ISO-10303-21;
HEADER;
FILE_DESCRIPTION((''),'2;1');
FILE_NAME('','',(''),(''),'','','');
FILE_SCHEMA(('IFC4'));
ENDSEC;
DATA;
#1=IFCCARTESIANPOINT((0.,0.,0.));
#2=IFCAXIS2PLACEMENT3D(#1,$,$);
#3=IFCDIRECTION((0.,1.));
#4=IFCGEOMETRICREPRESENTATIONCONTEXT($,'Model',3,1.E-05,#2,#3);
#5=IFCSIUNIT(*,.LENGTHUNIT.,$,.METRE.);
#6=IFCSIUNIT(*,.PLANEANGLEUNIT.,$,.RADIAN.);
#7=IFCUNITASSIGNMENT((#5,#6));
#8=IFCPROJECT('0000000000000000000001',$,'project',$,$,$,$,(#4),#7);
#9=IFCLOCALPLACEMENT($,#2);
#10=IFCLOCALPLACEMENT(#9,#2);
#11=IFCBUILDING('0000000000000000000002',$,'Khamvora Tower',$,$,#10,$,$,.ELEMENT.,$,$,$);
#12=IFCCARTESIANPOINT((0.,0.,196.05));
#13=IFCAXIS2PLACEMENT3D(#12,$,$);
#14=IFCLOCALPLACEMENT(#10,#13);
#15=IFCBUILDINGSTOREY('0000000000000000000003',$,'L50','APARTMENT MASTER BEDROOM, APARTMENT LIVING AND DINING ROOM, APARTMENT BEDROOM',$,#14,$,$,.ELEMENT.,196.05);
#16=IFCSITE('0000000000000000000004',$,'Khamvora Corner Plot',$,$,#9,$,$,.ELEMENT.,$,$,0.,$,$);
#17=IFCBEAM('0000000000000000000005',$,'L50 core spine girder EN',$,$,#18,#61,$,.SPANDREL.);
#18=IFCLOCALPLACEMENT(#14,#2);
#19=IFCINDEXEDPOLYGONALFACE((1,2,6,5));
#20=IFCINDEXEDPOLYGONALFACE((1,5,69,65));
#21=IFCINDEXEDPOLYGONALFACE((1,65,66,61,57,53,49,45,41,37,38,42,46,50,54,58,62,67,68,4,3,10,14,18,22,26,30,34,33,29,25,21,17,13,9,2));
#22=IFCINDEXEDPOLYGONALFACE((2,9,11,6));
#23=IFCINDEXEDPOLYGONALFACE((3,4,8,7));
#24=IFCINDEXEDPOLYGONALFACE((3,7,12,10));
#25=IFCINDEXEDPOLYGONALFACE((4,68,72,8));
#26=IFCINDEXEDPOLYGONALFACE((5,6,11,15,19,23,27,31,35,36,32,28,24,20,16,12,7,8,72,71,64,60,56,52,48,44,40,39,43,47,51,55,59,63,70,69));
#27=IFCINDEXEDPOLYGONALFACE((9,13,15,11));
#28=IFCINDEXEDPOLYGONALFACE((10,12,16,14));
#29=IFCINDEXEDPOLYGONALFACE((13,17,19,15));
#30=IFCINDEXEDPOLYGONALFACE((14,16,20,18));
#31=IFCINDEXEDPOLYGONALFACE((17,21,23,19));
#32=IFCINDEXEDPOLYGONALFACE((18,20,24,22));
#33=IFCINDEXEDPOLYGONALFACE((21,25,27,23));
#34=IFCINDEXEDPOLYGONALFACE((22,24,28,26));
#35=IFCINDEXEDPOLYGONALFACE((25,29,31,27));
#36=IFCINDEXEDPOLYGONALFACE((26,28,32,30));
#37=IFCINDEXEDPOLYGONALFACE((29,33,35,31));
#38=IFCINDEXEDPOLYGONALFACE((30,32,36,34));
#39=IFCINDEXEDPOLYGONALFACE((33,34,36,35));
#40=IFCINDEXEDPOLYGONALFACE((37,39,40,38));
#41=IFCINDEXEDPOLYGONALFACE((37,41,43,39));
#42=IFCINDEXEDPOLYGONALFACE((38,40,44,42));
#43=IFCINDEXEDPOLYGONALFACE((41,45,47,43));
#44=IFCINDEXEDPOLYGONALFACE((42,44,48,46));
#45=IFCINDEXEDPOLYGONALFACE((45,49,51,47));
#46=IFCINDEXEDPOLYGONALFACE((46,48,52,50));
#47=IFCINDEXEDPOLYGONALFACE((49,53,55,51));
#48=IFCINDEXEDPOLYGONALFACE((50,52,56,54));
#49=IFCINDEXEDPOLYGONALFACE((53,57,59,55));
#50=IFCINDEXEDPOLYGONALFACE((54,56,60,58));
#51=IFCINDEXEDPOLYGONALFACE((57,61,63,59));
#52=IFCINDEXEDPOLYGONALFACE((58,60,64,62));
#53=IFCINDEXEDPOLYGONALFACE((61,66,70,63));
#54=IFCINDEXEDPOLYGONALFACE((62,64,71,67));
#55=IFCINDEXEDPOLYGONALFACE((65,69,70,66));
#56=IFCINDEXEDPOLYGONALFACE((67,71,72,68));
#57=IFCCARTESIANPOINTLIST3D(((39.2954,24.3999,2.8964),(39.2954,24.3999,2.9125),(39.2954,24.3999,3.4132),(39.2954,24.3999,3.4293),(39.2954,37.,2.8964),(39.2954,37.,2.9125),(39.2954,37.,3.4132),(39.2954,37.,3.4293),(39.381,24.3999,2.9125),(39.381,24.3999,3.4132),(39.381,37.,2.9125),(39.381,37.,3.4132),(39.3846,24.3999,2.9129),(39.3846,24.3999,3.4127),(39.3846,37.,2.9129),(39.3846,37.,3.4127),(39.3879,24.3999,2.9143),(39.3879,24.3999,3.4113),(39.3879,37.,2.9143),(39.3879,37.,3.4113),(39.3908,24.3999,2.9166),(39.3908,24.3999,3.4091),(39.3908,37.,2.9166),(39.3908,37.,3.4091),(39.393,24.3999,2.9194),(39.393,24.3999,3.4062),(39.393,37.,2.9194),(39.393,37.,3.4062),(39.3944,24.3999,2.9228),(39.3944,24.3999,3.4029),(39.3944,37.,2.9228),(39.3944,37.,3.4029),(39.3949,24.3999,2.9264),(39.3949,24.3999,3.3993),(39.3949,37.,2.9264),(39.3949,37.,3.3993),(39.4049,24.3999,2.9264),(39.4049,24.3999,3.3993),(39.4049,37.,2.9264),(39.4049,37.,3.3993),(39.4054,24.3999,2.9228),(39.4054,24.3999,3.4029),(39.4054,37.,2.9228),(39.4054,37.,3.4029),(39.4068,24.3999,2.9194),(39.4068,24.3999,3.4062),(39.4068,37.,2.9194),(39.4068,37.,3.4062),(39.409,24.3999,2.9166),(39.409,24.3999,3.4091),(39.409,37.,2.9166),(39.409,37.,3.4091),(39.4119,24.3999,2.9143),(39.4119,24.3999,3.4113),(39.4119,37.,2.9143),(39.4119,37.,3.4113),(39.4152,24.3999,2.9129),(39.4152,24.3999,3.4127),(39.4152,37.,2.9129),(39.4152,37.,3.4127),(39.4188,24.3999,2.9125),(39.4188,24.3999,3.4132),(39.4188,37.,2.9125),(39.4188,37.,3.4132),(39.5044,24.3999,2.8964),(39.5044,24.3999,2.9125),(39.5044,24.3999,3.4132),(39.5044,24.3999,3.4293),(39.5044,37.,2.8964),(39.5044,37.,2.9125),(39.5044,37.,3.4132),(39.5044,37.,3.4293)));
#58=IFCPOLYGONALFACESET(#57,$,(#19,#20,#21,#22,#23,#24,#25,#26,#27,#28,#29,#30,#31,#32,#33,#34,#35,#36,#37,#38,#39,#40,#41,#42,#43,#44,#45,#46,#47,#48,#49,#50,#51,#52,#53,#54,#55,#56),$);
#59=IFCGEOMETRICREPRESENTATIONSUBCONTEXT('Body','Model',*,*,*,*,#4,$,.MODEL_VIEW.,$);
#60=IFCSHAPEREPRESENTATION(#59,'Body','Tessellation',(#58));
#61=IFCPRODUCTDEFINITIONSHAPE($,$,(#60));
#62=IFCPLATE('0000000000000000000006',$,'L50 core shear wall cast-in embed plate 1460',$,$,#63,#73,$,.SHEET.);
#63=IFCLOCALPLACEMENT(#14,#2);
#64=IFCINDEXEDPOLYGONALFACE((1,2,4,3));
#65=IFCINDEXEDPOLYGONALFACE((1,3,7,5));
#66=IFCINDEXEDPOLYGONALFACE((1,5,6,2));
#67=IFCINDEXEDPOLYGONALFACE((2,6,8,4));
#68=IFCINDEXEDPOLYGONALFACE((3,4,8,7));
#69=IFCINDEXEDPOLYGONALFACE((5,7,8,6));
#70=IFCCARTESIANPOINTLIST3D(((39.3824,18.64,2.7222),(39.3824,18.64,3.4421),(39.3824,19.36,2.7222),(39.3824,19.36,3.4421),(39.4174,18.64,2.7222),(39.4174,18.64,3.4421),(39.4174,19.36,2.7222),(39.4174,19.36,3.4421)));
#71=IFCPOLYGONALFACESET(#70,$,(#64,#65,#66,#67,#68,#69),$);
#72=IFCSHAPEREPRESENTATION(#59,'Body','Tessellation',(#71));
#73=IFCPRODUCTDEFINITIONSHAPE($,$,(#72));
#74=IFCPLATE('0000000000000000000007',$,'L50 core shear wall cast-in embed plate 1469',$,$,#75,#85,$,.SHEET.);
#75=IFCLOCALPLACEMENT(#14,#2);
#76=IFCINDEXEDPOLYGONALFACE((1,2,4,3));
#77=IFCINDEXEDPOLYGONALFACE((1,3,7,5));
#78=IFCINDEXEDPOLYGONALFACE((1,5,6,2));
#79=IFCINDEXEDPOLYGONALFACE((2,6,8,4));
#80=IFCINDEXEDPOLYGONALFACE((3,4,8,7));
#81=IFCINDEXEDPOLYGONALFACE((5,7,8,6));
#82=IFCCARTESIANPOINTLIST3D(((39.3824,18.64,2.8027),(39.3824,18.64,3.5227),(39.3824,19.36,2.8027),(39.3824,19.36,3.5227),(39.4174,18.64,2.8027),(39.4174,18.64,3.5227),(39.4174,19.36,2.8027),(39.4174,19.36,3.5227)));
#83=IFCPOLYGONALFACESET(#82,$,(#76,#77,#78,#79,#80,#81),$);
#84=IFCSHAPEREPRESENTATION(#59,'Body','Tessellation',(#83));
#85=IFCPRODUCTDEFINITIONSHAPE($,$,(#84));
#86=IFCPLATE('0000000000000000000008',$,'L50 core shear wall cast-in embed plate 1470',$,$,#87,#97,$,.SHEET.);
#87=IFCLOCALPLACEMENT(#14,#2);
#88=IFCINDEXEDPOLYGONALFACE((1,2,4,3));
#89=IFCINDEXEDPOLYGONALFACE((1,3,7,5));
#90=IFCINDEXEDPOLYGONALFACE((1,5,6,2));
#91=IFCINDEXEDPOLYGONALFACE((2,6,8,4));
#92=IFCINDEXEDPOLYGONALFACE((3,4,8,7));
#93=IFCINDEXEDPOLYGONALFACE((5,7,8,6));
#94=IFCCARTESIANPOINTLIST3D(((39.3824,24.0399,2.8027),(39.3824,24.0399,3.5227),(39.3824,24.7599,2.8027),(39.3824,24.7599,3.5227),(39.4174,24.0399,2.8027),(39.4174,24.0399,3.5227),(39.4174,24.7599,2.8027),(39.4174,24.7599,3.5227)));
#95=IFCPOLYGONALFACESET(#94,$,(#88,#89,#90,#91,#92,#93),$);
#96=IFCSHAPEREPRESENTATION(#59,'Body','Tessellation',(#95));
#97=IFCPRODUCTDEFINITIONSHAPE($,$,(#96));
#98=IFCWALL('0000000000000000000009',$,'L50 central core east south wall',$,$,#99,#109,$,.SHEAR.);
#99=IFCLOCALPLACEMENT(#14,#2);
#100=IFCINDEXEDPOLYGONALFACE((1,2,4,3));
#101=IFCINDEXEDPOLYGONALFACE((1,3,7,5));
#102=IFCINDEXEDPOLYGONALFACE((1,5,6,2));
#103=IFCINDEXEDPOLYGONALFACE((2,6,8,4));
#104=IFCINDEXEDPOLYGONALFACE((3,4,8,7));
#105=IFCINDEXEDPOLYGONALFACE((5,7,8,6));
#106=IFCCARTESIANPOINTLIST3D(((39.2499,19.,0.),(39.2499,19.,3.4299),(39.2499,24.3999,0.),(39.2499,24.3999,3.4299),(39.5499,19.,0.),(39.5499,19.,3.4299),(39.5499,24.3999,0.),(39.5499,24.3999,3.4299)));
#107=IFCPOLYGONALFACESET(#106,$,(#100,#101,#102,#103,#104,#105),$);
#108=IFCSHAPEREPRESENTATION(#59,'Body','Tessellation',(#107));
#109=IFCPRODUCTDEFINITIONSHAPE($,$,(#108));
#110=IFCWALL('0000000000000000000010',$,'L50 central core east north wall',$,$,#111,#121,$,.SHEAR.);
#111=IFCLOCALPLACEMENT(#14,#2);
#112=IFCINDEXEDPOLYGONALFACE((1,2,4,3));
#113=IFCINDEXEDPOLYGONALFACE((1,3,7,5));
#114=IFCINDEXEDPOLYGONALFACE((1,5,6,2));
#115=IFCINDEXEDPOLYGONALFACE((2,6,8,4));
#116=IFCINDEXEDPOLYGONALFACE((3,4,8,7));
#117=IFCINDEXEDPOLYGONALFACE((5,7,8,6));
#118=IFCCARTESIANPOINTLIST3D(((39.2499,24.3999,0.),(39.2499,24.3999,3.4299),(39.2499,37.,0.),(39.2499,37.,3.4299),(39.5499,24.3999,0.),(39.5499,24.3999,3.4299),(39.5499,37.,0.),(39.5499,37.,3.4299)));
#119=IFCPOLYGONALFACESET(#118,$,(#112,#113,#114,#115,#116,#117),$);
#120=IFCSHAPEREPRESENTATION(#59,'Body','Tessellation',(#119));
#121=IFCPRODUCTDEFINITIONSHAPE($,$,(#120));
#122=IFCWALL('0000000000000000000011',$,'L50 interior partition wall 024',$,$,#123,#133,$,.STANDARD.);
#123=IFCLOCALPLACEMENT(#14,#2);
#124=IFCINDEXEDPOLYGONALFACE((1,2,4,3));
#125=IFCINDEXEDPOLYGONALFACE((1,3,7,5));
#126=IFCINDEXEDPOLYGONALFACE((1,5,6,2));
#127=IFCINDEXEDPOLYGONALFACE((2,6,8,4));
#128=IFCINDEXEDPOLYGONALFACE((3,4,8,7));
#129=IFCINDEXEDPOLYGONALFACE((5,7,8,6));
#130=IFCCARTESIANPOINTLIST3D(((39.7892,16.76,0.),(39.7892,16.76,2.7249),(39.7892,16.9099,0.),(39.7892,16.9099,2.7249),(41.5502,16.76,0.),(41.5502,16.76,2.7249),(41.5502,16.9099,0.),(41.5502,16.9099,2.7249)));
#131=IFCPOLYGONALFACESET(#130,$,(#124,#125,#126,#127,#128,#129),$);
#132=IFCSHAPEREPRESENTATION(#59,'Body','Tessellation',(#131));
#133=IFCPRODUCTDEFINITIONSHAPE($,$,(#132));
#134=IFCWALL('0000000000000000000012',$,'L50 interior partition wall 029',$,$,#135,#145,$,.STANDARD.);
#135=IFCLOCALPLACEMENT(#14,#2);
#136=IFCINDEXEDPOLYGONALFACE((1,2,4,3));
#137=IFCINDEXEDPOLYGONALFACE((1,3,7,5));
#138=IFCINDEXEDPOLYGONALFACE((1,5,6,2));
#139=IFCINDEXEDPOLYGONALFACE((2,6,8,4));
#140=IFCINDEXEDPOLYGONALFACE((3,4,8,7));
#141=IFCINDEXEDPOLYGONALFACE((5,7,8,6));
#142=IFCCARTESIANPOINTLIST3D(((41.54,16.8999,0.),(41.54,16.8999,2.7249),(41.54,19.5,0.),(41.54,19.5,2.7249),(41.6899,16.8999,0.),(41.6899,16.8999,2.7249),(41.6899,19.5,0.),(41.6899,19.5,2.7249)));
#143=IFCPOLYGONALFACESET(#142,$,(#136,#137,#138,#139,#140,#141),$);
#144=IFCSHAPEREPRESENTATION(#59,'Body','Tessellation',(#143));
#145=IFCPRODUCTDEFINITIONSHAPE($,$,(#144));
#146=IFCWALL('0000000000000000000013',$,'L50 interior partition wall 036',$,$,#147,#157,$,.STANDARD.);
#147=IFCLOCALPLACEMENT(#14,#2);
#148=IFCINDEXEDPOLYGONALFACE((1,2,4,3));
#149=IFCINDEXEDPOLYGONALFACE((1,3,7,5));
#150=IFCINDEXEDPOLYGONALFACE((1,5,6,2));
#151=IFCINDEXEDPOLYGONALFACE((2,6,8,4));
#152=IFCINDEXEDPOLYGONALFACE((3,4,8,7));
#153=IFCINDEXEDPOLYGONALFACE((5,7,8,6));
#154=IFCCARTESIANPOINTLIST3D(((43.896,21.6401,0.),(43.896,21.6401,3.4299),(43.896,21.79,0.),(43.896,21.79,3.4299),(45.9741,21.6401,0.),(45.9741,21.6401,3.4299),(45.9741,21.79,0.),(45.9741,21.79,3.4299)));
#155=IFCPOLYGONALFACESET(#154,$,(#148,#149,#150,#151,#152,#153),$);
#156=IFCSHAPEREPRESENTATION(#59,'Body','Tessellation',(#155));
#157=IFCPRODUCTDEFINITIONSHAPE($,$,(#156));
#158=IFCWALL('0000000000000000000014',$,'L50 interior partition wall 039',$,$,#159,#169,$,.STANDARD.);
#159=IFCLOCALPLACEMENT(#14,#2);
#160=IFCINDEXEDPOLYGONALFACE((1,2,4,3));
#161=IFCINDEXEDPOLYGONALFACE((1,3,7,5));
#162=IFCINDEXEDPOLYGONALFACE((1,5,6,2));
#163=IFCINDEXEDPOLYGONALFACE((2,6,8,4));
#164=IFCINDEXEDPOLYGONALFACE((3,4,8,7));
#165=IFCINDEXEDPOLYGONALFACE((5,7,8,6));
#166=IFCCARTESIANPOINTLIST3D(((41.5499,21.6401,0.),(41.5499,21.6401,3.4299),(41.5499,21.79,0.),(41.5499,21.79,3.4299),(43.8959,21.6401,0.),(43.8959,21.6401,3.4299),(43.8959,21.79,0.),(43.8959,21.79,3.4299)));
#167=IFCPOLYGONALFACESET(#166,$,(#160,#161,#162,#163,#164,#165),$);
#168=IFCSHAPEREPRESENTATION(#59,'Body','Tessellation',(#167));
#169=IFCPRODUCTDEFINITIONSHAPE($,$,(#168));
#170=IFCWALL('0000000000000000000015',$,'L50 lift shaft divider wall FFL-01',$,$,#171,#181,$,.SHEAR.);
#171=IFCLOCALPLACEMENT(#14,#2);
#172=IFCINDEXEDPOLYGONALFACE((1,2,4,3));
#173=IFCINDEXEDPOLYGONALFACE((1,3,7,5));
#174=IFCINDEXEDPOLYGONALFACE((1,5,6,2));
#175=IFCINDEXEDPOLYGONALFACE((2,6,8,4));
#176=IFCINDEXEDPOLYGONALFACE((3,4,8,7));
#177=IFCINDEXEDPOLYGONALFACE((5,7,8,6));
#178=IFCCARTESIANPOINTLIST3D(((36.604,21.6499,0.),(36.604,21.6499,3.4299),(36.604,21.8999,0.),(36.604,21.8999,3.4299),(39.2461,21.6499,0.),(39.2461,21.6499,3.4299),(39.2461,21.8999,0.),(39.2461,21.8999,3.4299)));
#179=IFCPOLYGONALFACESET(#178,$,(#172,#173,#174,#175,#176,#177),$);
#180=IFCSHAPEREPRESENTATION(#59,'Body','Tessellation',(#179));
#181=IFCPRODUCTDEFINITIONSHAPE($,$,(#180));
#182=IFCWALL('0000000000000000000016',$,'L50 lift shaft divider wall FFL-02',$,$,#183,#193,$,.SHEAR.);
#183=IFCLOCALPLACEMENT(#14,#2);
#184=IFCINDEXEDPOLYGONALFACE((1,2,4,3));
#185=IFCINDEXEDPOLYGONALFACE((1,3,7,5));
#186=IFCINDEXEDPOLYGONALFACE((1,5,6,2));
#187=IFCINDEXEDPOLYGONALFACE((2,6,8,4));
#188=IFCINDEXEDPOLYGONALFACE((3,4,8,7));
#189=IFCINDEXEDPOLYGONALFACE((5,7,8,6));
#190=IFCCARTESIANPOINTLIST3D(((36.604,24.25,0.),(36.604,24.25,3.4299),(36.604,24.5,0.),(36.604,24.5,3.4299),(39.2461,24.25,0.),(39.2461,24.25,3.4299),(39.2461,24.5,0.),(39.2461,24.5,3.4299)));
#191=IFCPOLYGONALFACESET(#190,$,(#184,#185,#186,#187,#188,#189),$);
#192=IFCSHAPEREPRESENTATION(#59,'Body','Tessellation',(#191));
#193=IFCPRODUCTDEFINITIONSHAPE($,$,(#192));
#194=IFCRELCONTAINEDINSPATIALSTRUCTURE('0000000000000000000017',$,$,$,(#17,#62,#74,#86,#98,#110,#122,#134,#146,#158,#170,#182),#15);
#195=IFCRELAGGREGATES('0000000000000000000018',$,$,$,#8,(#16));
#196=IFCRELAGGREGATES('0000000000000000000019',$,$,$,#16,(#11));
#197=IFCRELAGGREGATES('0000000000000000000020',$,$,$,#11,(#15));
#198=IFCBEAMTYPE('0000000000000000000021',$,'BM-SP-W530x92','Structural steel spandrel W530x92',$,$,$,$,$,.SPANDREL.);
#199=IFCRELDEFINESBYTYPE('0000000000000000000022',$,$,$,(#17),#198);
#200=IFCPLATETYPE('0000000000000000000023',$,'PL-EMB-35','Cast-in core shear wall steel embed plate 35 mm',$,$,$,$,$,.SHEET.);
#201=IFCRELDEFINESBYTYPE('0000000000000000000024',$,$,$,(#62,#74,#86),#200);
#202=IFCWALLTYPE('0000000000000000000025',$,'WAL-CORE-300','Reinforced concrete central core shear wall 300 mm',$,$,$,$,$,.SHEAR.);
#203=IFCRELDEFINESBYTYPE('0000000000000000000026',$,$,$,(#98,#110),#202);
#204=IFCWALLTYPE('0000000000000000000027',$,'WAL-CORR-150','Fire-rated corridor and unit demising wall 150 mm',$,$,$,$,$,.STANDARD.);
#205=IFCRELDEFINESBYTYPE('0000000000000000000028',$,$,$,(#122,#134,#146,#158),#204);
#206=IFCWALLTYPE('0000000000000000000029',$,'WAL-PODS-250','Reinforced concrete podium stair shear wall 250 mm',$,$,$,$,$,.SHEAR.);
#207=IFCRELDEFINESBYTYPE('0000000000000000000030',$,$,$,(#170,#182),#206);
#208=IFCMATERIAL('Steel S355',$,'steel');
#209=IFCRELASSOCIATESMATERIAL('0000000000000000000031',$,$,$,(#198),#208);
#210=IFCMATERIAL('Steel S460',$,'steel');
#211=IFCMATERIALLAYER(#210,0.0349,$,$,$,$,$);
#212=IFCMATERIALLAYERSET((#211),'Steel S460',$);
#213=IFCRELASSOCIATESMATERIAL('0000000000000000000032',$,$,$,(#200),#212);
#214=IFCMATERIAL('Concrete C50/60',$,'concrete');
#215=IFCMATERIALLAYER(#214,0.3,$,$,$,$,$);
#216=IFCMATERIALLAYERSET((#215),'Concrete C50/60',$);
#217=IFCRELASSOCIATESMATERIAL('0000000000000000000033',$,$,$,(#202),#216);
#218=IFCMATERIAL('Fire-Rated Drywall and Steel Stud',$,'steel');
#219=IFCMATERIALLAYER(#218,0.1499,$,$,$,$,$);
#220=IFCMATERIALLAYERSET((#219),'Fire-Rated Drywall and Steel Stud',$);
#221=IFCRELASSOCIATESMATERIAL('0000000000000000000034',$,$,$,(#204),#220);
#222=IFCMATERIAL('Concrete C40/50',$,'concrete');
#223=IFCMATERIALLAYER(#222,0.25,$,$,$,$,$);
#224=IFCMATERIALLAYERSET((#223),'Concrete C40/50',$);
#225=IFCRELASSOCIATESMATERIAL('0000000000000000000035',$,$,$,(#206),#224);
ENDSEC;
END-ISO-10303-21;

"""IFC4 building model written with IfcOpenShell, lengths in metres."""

from ifc_helpers import new_model, si_unit, direction, frame, frame_2d, origin, origin_2d, place, context, subcontext, project, spatial, rectangle, i_section, extrude, material, layer, layer_set, material_profile, profile_set, type_object, element, save


model = new_model("IFC4")

# Units and contexts
model_context = context("Model", 3, precision=1e-05, world=origin(), true_north=direction((0.0, 1.0)))
body_context = subcontext(model_context, "Body", "Model", "MODEL_VIEW")
ifc_project = project(units=[si_unit("LENGTHUNIT", "METRE"), si_unit("PLANEANGLEUNIT", "RADIAN")], contexts=[model_context])

# Site, building, storey
site_placement = place(None, origin())
site = spatial("IfcSite", under=ifc_project, at=site_placement, Name="Khamvora Corner Plot", CompositionType="ELEMENT", RefElevation=0.0)
building_placement = place(site_placement, origin())
building = spatial("IfcBuilding", under=site, at=building_placement, Name="Khamvora Tower", CompositionType="ELEMENT")
storey_placement = place(building_placement, frame((0.0, 0.0, 196.05)))
storey = spatial("IfcBuildingStorey", under=building, at=storey_placement, Name="L50", Description="APARTMENT MASTER BEDROOM, APARTMENT LIVING AND DINING ROOM, APARTMENT BEDROOM", CompositionType="ELEMENT", Elevation=196.05)

# Shared definitions
ifc_material_1 = material(Name="Steel S460", Category="steel")

# Beam
ifc_material_2 = material(Name="Steel S355", Category="steel")
ifc_material_profile_1 = material_profile(ifc_material_2, i_section(OverallWidth=0.209, OverallDepth=0.533, WebThickness=0.01, FlangeThickness=0.0161, FilletRadius=0.0139, at=origin_2d()), Name="W530x92")
ifc_profile_set_1 = profile_set([ifc_material_profile_1], Name="Steel S355")
beam_type_1 = type_object("IfcBeamType", Name="BM-SP-W530x92", Description="Structural steel spandrel W530x92", PredefinedType="SPANDREL", material=ifc_profile_set_1)
beam_1_placement = place(storey_placement, frame((39.3999, 24.3999, 3.1628), z_axis=(0.0, 1.0, 0.0), x_axis=(-1.0, 0.0, 0.0)))
element("IfcBeam", 1, at=beam_1_placement, inside=storey, type_object=beam_type_1, Name="L50 core spine girder EN", PredefinedType="SPANDREL", context=body_context, shape_type="SweptSolid", body=[
    extrude(i_section(OverallWidth=0.209, OverallDepth=0.533, WebThickness=0.01, FlangeThickness=0.0161, FilletRadius=0.0139, at=origin_2d()), origin(), (0.0, 0.0, 1.0), 12.6001),
])

# Plates
ifc_layer_1 = layer(ifc_material_1, 0.0349)
ifc_layer_set_1 = layer_set([ifc_layer_1], Name="Steel S460")
plate_type = type_object("IfcPlateType", Name="PL-EMB-35", Description="Cast-in core shear wall steel embed plate 35 mm", PredefinedType="SHEET", material=ifc_layer_set_1)
for number, where, z_axis, x_axis, name in (
    (2, (39.3999, 19.0, 2.7222), (0.0, 0.0, 1.0), (1.0, 0.0, 0.0), "L50 core shear wall cast-in embed plate 1460"),
    (3, (39.3999, 19.0, 2.8027), (0.0, 0.0, 1.0), (1.0, 0.0, 0.0), "L50 core shear wall cast-in embed plate 1469"),
    (4, (39.3999, 24.3999, 2.8027), (0.0, 0.0, 1.0), (1.0, 0.0, 0.0), "L50 core shear wall cast-in embed plate 1470"),
):
    element("IfcPlate", number, at=place(storey_placement, frame(where, z_axis=z_axis, x_axis=x_axis)), inside=storey, type_object=plate_type, Name=name, PredefinedType="SHEET", context=body_context, shape_type="SweptSolid", body=[
        extrude(rectangle(XDim=0.0349, YDim=0.72, at=origin_2d()), origin(), (0.0, 0.0, 1.0), 0.72),
    ])

# Walls
ifc_material_3 = material(Name="Concrete C50/60", Category="concrete")
ifc_layer_2 = layer(ifc_material_3, 0.3)
ifc_layer_set_2 = layer_set([ifc_layer_2], Name="Concrete C50/60")
wall_type_1 = type_object("IfcWallType", Name="WAL-CORE-300", Description="Reinforced concrete central core shear wall 300 mm", PredefinedType="SHEAR", material=ifc_layer_set_2)
wall_1_placement = place(storey_placement, frame((39.3999, 19.0, 0.0), z_axis=(0.0, 0.0, 1.0), x_axis=(0.0, 1.0, 0.0)))
element("IfcWall", 5, at=wall_1_placement, inside=storey, type_object=wall_type_1, Name="L50 central core east south wall", PredefinedType="SHEAR", context=body_context, shape_type="SweptSolid", body=[
    extrude(rectangle(XDim=5.3999, YDim=0.3, at=frame_2d((2.7, 0.0))), origin(), (0.0, 0.0, 1.0), 3.4299),
])
wall_2_placement = place(storey_placement, frame((39.3999, 24.3999, 0.0), z_axis=(0.0, 0.0, 1.0), x_axis=(0.0, 1.0, 0.0)))
element("IfcWall", 6, at=wall_2_placement, inside=storey, type_object=wall_type_1, Name="L50 central core east north wall", PredefinedType="SHEAR", context=body_context, shape_type="SweptSolid", body=[
    extrude(rectangle(XDim=12.6001, YDim=0.3, at=frame_2d((6.3, 0.0))), origin(), (0.0, 0.0, 1.0), 3.4299),
])

# Walls
ifc_material_4 = material(Name="Fire-Rated Drywall and Steel Stud", Category="steel")
ifc_layer_3 = layer(ifc_material_4, 0.1499)
ifc_layer_set_3 = layer_set([ifc_layer_3], Name="Fire-Rated Drywall and Steel Stud")
wall_type_2 = type_object("IfcWallType", Name="WAL-CORR-150", Description="Fire-rated corridor and unit demising wall 150 mm", PredefinedType="STANDARD", material=ifc_layer_set_3)
wall_3_placement = place(storey_placement, frame((41.55, 16.835, 0.0), z_axis=(0.0, 0.0, 1.0), x_axis=(-1.0, 0.0, 0.0)))
element("IfcWall", 7, at=wall_3_placement, inside=storey, type_object=wall_type_2, Name="L50 interior partition wall 024", PredefinedType="STANDARD", context=body_context, shape_type="SweptSolid", body=[
    extrude(rectangle(XDim=1.761, YDim=0.1499, at=frame_2d((0.8804, 0.0))), origin(), (0.0, 0.0, 1.0), 2.7249),
])
wall_4_placement = place(storey_placement, frame((41.615, 19.5, 0.0), z_axis=(0.0, 0.0, 1.0), x_axis=(0.0, -1.0, 0.0)))
element("IfcWall", 8, at=wall_4_placement, inside=storey, type_object=wall_type_2, Name="L50 interior partition wall 029", PredefinedType="STANDARD", context=body_context, shape_type="SweptSolid", body=[
    extrude(rectangle(XDim=2.6001, YDim=0.1499, at=frame_2d((1.3, 0.0))), origin(), (0.0, 0.0, 1.0), 2.7249),
])
wall_5_placement = place(storey_placement, frame((43.896, 21.7151, 0.0), z_axis=(0.0, 0.0, 1.0), x_axis=(1.0, 0.0, 0.0)))
element("IfcWall", 9, at=wall_5_placement, inside=storey, type_object=wall_type_2, Name="L50 interior partition wall 036", PredefinedType="STANDARD", context=body_context, shape_type="SweptSolid", body=[
    extrude(rectangle(XDim=2.0781, YDim=0.1499, at=frame_2d((1.0391, 0.0))), origin(), (0.0, 0.0, 1.0), 3.4299),
])
wall_6_placement = place(storey_placement, frame((41.55, 21.7151, 0.0), z_axis=(0.0, 0.0, 1.0), x_axis=(1.0, 0.0, 0.0)))
element("IfcWall", 10, at=wall_6_placement, inside=storey, type_object=wall_type_2, Name="L50 interior partition wall 039", PredefinedType="STANDARD", context=body_context, shape_type="SweptSolid", body=[
    extrude(rectangle(XDim=2.3459, YDim=0.1499, at=frame_2d((1.1729, 0.0))), origin(), (0.0, 0.0, 1.0), 3.4299),
])
ifc_material_5 = material(Name="Concrete C40/50", Category="concrete")
ifc_layer_4 = layer(ifc_material_5, 0.25)
ifc_layer_set_4 = layer_set([ifc_layer_4], Name="Concrete C40/50")
wall_type_3 = type_object("IfcWallType", Name="WAL-PODS-250", Description="Reinforced concrete podium stair shear wall 250 mm", PredefinedType="SHEAR", material=ifc_layer_set_4)
for number, where, z_axis, x_axis, name in (
    (11, (36.604, 21.7749, 0.0), (0.0, 0.0, 1.0), (1.0, 0.0, 0.0), "L50 lift shaft divider wall FFL-01"),
    (12, (36.604, 24.375, 0.0), (0.0, 0.0, 1.0), (1.0, 0.0, 0.0), "L50 lift shaft divider wall FFL-02"),
):
    element("IfcWall", number, at=place(storey_placement, frame(where, z_axis=z_axis, x_axis=x_axis)), inside=storey, type_object=wall_type_3, Name=name, PredefinedType="SHEAR", context=body_context, shape_type="SweptSolid", body=[
        extrude(rectangle(XDim=2.6421, YDim=0.25, at=frame_2d((1.321, 0.0))), origin(), (0.0, 0.0, 1.0), 3.4299),
    ])

save(model, "model.ifc")
